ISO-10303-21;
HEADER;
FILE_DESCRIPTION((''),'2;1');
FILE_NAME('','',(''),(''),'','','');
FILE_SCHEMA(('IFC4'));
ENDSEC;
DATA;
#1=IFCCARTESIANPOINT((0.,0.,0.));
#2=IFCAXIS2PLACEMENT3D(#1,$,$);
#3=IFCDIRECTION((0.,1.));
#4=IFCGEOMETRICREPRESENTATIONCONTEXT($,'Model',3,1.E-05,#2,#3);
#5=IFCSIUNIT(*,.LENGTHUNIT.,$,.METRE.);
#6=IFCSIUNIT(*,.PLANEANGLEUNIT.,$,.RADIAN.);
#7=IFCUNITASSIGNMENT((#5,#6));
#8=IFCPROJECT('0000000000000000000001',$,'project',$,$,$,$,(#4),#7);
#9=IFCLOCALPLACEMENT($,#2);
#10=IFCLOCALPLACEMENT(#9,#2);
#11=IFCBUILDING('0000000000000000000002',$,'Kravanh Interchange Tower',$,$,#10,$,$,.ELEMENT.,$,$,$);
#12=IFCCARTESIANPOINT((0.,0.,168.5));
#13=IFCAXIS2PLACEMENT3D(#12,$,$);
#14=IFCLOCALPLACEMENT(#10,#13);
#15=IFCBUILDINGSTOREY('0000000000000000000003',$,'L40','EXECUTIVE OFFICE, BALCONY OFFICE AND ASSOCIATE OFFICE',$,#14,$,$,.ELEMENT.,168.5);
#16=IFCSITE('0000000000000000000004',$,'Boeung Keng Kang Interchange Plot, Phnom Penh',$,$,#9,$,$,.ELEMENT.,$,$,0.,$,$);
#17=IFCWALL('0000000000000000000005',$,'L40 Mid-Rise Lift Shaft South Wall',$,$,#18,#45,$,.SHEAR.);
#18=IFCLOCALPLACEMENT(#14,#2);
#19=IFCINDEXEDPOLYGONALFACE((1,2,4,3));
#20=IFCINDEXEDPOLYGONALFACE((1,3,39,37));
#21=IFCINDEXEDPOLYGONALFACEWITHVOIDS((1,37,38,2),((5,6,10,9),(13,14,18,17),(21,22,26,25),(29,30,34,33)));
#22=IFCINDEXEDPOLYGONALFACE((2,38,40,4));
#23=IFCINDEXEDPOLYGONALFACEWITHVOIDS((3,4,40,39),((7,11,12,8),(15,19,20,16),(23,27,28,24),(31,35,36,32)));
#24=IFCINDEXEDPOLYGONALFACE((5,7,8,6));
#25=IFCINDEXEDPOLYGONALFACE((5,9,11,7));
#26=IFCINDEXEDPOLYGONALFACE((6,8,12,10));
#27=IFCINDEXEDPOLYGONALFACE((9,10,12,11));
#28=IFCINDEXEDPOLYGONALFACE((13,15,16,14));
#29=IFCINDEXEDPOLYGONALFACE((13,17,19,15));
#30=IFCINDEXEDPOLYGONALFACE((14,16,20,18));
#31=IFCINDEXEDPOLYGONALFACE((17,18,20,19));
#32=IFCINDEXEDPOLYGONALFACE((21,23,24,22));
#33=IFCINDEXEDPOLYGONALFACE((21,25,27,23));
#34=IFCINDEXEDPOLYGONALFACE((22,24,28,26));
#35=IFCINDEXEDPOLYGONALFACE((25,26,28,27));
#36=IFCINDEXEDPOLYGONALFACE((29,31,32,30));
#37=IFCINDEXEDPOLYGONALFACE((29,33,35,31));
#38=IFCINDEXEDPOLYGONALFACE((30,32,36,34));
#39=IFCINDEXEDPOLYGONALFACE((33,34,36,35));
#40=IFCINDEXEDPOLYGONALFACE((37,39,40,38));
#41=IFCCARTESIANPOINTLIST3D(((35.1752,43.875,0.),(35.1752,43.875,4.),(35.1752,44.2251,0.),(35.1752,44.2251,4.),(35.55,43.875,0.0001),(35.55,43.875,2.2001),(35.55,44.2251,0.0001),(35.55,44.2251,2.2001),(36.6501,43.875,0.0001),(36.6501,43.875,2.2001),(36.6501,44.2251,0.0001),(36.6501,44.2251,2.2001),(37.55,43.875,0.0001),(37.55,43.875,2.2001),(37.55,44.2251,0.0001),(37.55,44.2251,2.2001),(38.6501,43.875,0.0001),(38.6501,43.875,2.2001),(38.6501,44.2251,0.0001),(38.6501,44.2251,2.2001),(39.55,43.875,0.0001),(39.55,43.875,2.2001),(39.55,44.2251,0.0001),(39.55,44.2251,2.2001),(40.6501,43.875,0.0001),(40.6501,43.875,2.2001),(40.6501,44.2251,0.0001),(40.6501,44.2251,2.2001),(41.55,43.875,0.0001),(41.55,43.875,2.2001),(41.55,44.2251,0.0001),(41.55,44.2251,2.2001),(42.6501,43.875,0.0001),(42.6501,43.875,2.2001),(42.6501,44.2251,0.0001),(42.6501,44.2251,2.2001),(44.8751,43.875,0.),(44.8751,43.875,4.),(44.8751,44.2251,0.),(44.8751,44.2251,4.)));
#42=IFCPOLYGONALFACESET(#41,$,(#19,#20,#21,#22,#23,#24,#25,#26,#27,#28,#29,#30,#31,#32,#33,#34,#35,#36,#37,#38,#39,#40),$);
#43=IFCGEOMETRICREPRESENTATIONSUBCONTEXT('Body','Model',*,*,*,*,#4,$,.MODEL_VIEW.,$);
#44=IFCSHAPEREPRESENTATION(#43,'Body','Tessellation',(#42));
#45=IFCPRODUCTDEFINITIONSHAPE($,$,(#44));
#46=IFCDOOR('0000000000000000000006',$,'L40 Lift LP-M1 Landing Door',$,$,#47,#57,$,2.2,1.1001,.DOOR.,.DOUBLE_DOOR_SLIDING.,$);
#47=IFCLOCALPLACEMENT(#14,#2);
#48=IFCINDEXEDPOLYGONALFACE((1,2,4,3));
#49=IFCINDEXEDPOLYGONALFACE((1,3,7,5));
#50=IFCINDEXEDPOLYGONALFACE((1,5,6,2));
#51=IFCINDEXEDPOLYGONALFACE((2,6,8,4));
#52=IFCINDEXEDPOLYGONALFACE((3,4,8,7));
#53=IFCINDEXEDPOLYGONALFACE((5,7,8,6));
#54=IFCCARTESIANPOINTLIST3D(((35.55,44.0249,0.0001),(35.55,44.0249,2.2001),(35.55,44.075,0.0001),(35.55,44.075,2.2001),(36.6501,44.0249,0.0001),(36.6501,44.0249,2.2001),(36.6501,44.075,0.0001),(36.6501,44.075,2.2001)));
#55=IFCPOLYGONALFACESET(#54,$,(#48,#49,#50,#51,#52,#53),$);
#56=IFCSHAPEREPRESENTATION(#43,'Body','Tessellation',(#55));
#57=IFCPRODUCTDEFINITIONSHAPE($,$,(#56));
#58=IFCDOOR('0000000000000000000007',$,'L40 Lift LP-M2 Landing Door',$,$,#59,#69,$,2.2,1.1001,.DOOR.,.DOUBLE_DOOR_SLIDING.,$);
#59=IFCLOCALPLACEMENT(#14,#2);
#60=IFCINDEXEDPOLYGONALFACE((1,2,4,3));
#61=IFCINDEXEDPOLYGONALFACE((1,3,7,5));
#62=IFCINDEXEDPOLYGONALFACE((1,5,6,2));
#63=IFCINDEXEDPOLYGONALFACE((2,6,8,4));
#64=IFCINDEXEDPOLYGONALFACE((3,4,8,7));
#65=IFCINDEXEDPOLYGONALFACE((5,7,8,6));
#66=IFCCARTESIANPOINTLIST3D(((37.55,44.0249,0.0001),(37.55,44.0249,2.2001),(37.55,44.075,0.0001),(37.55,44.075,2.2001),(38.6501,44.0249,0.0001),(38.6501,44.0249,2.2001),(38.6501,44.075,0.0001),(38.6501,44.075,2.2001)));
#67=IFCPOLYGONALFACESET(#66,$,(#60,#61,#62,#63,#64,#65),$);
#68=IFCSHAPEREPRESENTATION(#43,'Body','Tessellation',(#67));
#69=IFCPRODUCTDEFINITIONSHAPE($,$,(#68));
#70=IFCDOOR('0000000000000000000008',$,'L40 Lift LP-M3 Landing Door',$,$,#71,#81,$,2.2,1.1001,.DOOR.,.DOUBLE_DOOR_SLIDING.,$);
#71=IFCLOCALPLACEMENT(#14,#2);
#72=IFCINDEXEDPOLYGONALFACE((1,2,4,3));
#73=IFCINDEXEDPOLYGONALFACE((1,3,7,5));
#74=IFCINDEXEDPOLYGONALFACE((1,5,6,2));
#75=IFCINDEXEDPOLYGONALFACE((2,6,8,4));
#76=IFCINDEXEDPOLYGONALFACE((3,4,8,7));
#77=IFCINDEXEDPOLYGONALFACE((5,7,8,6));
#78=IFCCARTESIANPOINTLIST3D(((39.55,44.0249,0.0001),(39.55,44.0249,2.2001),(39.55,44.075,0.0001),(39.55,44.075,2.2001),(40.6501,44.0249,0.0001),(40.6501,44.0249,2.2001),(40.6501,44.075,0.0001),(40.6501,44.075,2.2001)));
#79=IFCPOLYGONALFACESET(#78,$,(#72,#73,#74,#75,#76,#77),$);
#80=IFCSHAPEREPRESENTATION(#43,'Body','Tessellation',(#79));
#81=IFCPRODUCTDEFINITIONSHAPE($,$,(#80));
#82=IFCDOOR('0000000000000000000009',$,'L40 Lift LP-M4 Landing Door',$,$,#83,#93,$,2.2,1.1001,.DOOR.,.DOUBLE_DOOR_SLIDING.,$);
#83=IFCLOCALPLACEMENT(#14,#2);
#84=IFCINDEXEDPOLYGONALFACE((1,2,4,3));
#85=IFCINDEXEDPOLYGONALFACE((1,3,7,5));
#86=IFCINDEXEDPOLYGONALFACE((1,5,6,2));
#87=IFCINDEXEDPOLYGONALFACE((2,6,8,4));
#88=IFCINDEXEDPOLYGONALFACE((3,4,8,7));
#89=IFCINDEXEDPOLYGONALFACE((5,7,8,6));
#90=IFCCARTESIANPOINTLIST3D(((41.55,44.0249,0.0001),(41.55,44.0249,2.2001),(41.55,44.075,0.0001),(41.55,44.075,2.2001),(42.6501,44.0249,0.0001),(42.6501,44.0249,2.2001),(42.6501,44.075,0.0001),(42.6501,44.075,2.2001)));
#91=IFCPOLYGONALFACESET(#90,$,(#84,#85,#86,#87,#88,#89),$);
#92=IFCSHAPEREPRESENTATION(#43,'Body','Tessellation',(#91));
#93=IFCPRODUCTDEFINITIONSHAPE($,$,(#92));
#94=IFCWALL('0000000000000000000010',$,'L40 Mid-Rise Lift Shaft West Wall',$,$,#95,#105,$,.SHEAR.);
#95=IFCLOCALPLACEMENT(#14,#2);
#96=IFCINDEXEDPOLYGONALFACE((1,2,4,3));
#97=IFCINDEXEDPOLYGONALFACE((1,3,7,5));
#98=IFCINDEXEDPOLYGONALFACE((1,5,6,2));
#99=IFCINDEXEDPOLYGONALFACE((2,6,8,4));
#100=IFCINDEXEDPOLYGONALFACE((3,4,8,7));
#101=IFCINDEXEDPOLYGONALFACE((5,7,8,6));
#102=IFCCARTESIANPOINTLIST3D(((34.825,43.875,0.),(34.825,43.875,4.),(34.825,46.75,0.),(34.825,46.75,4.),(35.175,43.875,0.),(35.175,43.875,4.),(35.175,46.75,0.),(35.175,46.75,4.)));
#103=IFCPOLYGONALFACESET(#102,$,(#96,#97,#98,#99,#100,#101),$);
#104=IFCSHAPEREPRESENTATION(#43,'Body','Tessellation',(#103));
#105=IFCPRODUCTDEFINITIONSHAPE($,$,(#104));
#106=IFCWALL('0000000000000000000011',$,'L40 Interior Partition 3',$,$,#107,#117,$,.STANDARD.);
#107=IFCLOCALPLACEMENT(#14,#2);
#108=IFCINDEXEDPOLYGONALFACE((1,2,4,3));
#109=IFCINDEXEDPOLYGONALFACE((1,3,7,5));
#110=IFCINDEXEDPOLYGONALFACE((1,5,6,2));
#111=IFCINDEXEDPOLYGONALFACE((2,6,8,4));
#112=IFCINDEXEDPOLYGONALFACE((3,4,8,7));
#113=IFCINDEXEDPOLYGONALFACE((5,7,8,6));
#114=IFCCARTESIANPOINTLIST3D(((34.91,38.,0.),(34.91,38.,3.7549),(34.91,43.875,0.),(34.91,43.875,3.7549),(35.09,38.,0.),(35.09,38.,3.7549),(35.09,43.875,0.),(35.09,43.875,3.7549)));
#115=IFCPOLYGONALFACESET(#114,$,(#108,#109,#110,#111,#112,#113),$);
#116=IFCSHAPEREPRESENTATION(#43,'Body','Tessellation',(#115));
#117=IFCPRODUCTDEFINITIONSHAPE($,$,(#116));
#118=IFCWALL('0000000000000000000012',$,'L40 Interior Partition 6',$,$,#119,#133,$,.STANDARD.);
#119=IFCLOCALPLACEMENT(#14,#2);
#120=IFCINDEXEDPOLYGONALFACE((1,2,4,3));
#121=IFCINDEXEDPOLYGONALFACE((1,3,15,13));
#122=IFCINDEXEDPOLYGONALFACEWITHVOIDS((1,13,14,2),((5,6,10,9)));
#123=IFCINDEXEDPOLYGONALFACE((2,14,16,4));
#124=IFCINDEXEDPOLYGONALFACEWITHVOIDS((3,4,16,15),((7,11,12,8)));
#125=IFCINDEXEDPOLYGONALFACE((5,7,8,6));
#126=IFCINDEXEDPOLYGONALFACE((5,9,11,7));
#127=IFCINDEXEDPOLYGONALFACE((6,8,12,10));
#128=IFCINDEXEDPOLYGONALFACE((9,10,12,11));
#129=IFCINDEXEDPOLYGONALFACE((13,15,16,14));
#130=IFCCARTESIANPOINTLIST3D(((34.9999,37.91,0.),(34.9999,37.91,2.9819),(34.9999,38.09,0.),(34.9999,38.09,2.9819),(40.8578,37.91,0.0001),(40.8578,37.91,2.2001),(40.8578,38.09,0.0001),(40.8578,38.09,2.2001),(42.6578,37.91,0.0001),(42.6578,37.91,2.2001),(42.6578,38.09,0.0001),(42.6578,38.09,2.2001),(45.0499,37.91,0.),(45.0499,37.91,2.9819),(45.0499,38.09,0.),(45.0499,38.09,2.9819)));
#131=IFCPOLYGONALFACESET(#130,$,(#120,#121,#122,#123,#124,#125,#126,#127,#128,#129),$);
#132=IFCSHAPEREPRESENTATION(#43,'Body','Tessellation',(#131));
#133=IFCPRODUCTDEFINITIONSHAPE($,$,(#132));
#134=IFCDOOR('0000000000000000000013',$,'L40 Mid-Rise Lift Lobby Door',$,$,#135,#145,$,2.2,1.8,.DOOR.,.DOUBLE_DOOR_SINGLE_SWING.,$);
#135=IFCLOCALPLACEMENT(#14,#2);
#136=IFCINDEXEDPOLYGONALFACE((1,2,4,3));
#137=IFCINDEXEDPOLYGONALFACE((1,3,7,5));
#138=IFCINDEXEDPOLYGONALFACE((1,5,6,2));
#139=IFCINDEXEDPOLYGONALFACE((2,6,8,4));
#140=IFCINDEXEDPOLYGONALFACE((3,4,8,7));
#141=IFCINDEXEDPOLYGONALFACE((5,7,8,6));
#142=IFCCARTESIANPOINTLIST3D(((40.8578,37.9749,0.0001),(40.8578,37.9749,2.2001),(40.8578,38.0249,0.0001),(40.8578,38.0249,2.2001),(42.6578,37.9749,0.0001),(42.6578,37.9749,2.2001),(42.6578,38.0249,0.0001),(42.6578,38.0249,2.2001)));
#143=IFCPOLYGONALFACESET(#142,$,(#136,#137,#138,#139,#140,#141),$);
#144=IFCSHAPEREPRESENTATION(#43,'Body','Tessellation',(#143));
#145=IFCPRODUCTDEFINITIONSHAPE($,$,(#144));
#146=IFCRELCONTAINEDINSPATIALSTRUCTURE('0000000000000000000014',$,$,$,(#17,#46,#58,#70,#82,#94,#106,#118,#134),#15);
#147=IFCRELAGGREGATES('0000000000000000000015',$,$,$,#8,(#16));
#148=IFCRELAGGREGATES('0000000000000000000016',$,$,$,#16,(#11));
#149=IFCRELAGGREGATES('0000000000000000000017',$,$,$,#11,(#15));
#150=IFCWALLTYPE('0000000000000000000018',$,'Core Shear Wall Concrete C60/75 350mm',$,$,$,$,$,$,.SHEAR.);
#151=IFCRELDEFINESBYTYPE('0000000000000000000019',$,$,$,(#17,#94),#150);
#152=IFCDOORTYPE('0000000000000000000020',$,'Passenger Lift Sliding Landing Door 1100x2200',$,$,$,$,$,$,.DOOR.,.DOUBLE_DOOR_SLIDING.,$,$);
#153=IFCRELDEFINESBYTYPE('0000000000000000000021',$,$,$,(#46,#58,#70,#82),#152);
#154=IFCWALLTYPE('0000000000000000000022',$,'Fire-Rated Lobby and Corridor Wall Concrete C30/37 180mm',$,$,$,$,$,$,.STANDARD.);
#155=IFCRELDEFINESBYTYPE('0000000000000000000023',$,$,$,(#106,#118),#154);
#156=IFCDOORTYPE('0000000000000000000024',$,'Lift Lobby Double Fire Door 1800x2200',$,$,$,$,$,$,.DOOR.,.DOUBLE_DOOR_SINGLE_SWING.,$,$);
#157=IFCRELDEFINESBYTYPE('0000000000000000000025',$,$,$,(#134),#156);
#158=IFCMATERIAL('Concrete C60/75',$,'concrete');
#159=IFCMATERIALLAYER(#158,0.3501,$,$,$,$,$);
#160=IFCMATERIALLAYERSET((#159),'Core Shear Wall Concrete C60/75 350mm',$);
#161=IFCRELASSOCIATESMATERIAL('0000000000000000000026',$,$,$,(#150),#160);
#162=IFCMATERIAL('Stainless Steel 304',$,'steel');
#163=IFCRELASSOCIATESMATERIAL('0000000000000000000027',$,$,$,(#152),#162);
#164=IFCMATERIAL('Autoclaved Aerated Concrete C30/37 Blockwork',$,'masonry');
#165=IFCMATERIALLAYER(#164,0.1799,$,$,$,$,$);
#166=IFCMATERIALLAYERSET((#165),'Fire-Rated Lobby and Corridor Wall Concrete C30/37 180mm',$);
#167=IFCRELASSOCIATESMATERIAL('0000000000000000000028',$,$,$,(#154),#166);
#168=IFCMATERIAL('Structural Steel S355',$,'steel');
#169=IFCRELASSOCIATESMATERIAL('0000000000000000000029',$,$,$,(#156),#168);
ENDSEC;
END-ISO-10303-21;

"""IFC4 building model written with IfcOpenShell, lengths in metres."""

from ifc_helpers import new_model, si_unit, direction, frame, frame_2d, origin, place, context, subcontext, project, spatial, rectangle, extrude, material, layer, layer_set, type_object, element, fill, save


model = new_model("IFC4")

# Units and contexts
model_context = context("Model", 3, precision=1e-05, world=origin(), true_north=direction((0.0, 1.0)))
body_context = subcontext(model_context, "Body", "Model", "MODEL_VIEW")
ifc_project = project(units=[si_unit("LENGTHUNIT", "METRE"), si_unit("PLANEANGLEUNIT", "RADIAN")], contexts=[model_context])

# Site, building, storey
site_placement = place(None, origin())
site = spatial("IfcSite", under=ifc_project, at=site_placement, Name="Boeung Keng Kang Interchange Plot, Phnom Penh", CompositionType="ELEMENT", RefElevation=0.0)
building_placement = place(site_placement, origin())
building = spatial("IfcBuilding", under=site, at=building_placement, Name="Kravanh Interchange Tower", CompositionType="ELEMENT")
storey_placement = place(building_placement, frame((0.0, 0.0, 168.5)))
storey = spatial("IfcBuildingStorey", under=building, at=storey_placement, Name="L40", Description="EXECUTIVE OFFICE, BALCONY OFFICE AND ASSOCIATE OFFICE", CompositionType="ELEMENT", Elevation=168.5)

# Wall, openings, doors
ifc_material_1 = material(Name="Concrete C60/75", Category="concrete")
ifc_layer_1 = layer(ifc_material_1, 0.3501)
ifc_layer_set_1 = layer_set([ifc_layer_1], Name="Core Shear Wall Concrete C60/75 350mm")
wall_type_1 = type_object("IfcWallType", Name="Core Shear Wall Concrete C60/75 350mm", PredefinedType="SHEAR", material=ifc_layer_set_1)
wall_1_placement = place(storey_placement, frame((35.175, 44.05, 0.0), z_axis=(0.0, 0.0, 1.0), x_axis=(1.0, 0.0, 0.0)))
wall_1 = element("IfcWall", 1, at=wall_1_placement, inside=storey, type_object=wall_type_1, Name="L40 Mid-Rise Lift Shaft South Wall", PredefinedType="SHEAR", context=body_context, shape_type="SweptSolid", body=[
    extrude(rectangle(XDim=9.7, YDim=0.3501, at=frame_2d((4.8501, 0.0))), origin(), (0.0, 0.0, 1.0), 4.0),
])
opening_1_placement = place(wall_1_placement, frame((0.375, 0.0, 0.0)))
opening_1 = element("IfcOpeningElement", 2, at=opening_1_placement, cuts=wall_1, PredefinedType="OPENING", context=body_context, shape_type="SweptSolid", body=[
    extrude(rectangle(XDim=1.1001, YDim=2.2, at=frame_2d((0.55, 1.1001))), frame((0.0, 0.1851, 0.0), z_axis=(0.0, -1.0, 0.0), x_axis=(1.0, 0.0, 0.0)), (0.0, 0.0, 1.0), 0.3701),
])
opening_2_placement = place(wall_1_placement, frame((2.375, 0.0, 0.0)))
opening_2 = element("IfcOpeningElement", 3, at=opening_2_placement, cuts=wall_1, PredefinedType="OPENING", context=body_context, shape_type="SweptSolid", body=[
    extrude(rectangle(XDim=1.1001, YDim=2.2, at=frame_2d((0.55, 1.1001))), frame((0.0, 0.1851, 0.0), z_axis=(0.0, -1.0, 0.0), x_axis=(1.0, 0.0, 0.0)), (0.0, 0.0, 1.0), 0.3701),
])
opening_3_placement = place(wall_1_placement, frame((4.375, 0.0, 0.0)))
opening_3 = element("IfcOpeningElement", 4, at=opening_3_placement, cuts=wall_1, PredefinedType="OPENING", context=body_context, shape_type="SweptSolid", body=[
    extrude(rectangle(XDim=1.1001, YDim=2.2, at=frame_2d((0.55, 1.1001))), frame((0.0, 0.1851, 0.0), z_axis=(0.0, -1.0, 0.0), x_axis=(1.0, 0.0, 0.0)), (0.0, 0.0, 1.0), 0.3701),
])
opening_4_placement = place(wall_1_placement, frame((6.375, 0.0, 0.0)))
opening_4 = element("IfcOpeningElement", 5, at=opening_4_placement, cuts=wall_1, PredefinedType="OPENING", context=body_context, shape_type="SweptSolid", body=[
    extrude(rectangle(XDim=1.1001, YDim=2.2, at=frame_2d((0.55, 1.1001))), frame((0.0, 0.1851, 0.0), z_axis=(0.0, -1.0, 0.0), x_axis=(1.0, 0.0, 0.0)), (0.0, 0.0, 1.0), 0.3701),
])
ifc_material_2 = material(Name="Stainless Steel 304", Category="steel")
door_type_1 = type_object("IfcDoorType", Name="Passenger Lift Sliding Landing Door 1100x2200", OperationType="DOUBLE_DOOR_SLIDING", PredefinedType="DOOR", material=ifc_material_2)
door_1_placement = place(opening_1_placement, origin())
door_1 = element("IfcDoor", 6, at=door_1_placement, inside=storey, type_object=door_type_1, Name="L40 Lift LP-M1 Landing Door", OperationType="DOUBLE_DOOR_SLIDING", OverallHeight=2.2, OverallWidth=1.1001, PredefinedType="DOOR", context=body_context, shape_type="SweptSolid", body=[
    extrude(rectangle(XDim=1.1001, YDim=2.2, at=frame_2d((0.55, 1.1001))), frame((0.0, 0.0249, 0.0), z_axis=(0.0, -1.0, 0.0), x_axis=(1.0, 0.0, 0.0)), (0.0, 0.0, 1.0), 0.05),
])
fill(opening_1, door_1)
door_2_placement = place(opening_2_placement, origin())
door_2 = element("IfcDoor", 7, at=door_2_placement, inside=storey, type_object=door_type_1, Name="L40 Lift LP-M2 Landing Door", OperationType="DOUBLE_DOOR_SLIDING", OverallHeight=2.2, OverallWidth=1.1001, PredefinedType="DOOR", context=body_context, shape_type="SweptSolid", body=[
    extrude(rectangle(XDim=1.1001, YDim=2.2, at=frame_2d((0.55, 1.1001))), frame((0.0, 0.0249, 0.0), z_axis=(0.0, -1.0, 0.0), x_axis=(1.0, 0.0, 0.0)), (0.0, 0.0, 1.0), 0.05),
])
fill(opening_2, door_2)
door_3_placement = place(opening_3_placement, origin())
door_3 = element("IfcDoor", 8, at=door_3_placement, inside=storey, type_object=door_type_1, Name="L40 Lift LP-M3 Landing Door", OperationType="DOUBLE_DOOR_SLIDING", OverallHeight=2.2, OverallWidth=1.1001, PredefinedType="DOOR", context=body_context, shape_type="SweptSolid", body=[
    extrude(rectangle(XDim=1.1001, YDim=2.2, at=frame_2d((0.55, 1.1001))), frame((0.0, 0.0249, 0.0), z_axis=(0.0, -1.0, 0.0), x_axis=(1.0, 0.0, 0.0)), (0.0, 0.0, 1.0), 0.05),
])
fill(opening_3, door_3)
door_4_placement = place(opening_4_placement, origin())
door_4 = element("IfcDoor", 9, at=door_4_placement, inside=storey, type_object=door_type_1, Name="L40 Lift LP-M4 Landing Door", OperationType="DOUBLE_DOOR_SLIDING", OverallHeight=2.2, OverallWidth=1.1001, PredefinedType="DOOR", context=body_context, shape_type="SweptSolid", body=[
    extrude(rectangle(XDim=1.1001, YDim=2.2, at=frame_2d((0.55, 1.1001))), frame((0.0, 0.0249, 0.0), z_axis=(0.0, -1.0, 0.0), x_axis=(1.0, 0.0, 0.0)), (0.0, 0.0, 1.0), 0.05),
])
fill(opening_4, door_4)

# Walls
wall_2_placement = place(storey_placement, frame((35.0, 43.875, 0.0), z_axis=(0.0, 0.0, 1.0), x_axis=(0.0, 1.0, 0.0)))
element("IfcWall", 10, at=wall_2_placement, inside=storey, type_object=wall_type_1, Name="L40 Mid-Rise Lift Shaft West Wall", PredefinedType="SHEAR", context=body_context, shape_type="SweptSolid", body=[
    extrude(rectangle(XDim=2.875, YDim=0.3501, at=frame_2d((1.4375, 0.0))), origin(), (0.0, 0.0, 1.0), 4.0),
])
ifc_material_3 = material(Name="Autoclaved Aerated Concrete C30/37 Blockwork", Category="masonry")
ifc_layer_2 = layer(ifc_material_3, 0.1799)
ifc_layer_set_2 = layer_set([ifc_layer_2], Name="Fire-Rated Lobby and Corridor Wall Concrete C30/37 180mm")
wall_type_2 = type_object("IfcWallType", Name="Fire-Rated Lobby and Corridor Wall Concrete C30/37 180mm", PredefinedType="STANDARD", material=ifc_layer_set_2)
wall_3_placement = place(storey_placement, frame((35.0, 38.0, 0.0), z_axis=(0.0, 0.0, 1.0), x_axis=(0.0, 1.0, 0.0)))
element("IfcWall", 11, at=wall_3_placement, inside=storey, type_object=wall_type_2, Name="L40 Interior Partition 3", PredefinedType="STANDARD", context=body_context, shape_type="SweptSolid", body=[
    extrude(rectangle(XDim=5.875, YDim=0.1799, at=frame_2d((2.9375, 0.0))), origin(), (0.0, 0.0, 1.0), 3.7549),
])

# Wall, opening, door
wall_4_placement = place(storey_placement, frame((35.0, 38.0, 0.0), z_axis=(0.0, 0.0, 1.0), x_axis=(1.0, 0.0, 0.0)))
wall_4 = element("IfcWall", 12, at=wall_4_placement, inside=storey, type_object=wall_type_2, Name="L40 Interior Partition 6", PredefinedType="STANDARD", context=body_context, shape_type="SweptSolid", body=[
    extrude(rectangle(XDim=10.05, YDim=0.1799, at=frame_2d((5.0249, 0.0))), origin(), (0.0, 0.0, 1.0), 2.9819),
])
opening_5_placement = place(wall_4_placement, frame((5.8579, 0.0, 0.0)))
opening_5 = element("IfcOpeningElement", 13, at=opening_5_placement, cuts=wall_4, PredefinedType="OPENING", context=body_context, shape_type="SweptSolid", body=[
    extrude(rectangle(XDim=1.8, YDim=2.2, at=frame_2d((0.8999, 1.1001))), frame((0.0, 0.1001, 0.0), z_axis=(0.0, -1.0, 0.0), x_axis=(1.0, 0.0, 0.0)), (0.0, 0.0, 1.0), 0.2),
])
ifc_material_4 = material(Name="Structural Steel S355", Category="steel")
door_type_2 = type_object("IfcDoorType", Name="Lift Lobby Double Fire Door 1800x2200", OperationType="DOUBLE_DOOR_SINGLE_SWING", PredefinedType="DOOR", material=ifc_material_4)
door_5_placement = place(opening_5_placement, origin())
door_5 = element("IfcDoor", 14, at=door_5_placement, inside=storey, type_object=door_type_2, Name="L40 Mid-Rise Lift Lobby Door", OperationType="DOUBLE_DOOR_SINGLE_SWING", OverallHeight=2.2, OverallWidth=1.8, PredefinedType="DOOR", context=body_context, shape_type="SweptSolid", body=[
    extrude(rectangle(XDim=1.8, YDim=2.2, at=frame_2d((0.8999, 1.1001))), frame((0.0, 0.0249, 0.0), z_axis=(0.0, -1.0, 0.0), x_axis=(1.0, 0.0, 0.0)), (0.0, 0.0, 1.0), 0.05),
])
fill(opening_5, door_5)

save(model, "model.ifc")
